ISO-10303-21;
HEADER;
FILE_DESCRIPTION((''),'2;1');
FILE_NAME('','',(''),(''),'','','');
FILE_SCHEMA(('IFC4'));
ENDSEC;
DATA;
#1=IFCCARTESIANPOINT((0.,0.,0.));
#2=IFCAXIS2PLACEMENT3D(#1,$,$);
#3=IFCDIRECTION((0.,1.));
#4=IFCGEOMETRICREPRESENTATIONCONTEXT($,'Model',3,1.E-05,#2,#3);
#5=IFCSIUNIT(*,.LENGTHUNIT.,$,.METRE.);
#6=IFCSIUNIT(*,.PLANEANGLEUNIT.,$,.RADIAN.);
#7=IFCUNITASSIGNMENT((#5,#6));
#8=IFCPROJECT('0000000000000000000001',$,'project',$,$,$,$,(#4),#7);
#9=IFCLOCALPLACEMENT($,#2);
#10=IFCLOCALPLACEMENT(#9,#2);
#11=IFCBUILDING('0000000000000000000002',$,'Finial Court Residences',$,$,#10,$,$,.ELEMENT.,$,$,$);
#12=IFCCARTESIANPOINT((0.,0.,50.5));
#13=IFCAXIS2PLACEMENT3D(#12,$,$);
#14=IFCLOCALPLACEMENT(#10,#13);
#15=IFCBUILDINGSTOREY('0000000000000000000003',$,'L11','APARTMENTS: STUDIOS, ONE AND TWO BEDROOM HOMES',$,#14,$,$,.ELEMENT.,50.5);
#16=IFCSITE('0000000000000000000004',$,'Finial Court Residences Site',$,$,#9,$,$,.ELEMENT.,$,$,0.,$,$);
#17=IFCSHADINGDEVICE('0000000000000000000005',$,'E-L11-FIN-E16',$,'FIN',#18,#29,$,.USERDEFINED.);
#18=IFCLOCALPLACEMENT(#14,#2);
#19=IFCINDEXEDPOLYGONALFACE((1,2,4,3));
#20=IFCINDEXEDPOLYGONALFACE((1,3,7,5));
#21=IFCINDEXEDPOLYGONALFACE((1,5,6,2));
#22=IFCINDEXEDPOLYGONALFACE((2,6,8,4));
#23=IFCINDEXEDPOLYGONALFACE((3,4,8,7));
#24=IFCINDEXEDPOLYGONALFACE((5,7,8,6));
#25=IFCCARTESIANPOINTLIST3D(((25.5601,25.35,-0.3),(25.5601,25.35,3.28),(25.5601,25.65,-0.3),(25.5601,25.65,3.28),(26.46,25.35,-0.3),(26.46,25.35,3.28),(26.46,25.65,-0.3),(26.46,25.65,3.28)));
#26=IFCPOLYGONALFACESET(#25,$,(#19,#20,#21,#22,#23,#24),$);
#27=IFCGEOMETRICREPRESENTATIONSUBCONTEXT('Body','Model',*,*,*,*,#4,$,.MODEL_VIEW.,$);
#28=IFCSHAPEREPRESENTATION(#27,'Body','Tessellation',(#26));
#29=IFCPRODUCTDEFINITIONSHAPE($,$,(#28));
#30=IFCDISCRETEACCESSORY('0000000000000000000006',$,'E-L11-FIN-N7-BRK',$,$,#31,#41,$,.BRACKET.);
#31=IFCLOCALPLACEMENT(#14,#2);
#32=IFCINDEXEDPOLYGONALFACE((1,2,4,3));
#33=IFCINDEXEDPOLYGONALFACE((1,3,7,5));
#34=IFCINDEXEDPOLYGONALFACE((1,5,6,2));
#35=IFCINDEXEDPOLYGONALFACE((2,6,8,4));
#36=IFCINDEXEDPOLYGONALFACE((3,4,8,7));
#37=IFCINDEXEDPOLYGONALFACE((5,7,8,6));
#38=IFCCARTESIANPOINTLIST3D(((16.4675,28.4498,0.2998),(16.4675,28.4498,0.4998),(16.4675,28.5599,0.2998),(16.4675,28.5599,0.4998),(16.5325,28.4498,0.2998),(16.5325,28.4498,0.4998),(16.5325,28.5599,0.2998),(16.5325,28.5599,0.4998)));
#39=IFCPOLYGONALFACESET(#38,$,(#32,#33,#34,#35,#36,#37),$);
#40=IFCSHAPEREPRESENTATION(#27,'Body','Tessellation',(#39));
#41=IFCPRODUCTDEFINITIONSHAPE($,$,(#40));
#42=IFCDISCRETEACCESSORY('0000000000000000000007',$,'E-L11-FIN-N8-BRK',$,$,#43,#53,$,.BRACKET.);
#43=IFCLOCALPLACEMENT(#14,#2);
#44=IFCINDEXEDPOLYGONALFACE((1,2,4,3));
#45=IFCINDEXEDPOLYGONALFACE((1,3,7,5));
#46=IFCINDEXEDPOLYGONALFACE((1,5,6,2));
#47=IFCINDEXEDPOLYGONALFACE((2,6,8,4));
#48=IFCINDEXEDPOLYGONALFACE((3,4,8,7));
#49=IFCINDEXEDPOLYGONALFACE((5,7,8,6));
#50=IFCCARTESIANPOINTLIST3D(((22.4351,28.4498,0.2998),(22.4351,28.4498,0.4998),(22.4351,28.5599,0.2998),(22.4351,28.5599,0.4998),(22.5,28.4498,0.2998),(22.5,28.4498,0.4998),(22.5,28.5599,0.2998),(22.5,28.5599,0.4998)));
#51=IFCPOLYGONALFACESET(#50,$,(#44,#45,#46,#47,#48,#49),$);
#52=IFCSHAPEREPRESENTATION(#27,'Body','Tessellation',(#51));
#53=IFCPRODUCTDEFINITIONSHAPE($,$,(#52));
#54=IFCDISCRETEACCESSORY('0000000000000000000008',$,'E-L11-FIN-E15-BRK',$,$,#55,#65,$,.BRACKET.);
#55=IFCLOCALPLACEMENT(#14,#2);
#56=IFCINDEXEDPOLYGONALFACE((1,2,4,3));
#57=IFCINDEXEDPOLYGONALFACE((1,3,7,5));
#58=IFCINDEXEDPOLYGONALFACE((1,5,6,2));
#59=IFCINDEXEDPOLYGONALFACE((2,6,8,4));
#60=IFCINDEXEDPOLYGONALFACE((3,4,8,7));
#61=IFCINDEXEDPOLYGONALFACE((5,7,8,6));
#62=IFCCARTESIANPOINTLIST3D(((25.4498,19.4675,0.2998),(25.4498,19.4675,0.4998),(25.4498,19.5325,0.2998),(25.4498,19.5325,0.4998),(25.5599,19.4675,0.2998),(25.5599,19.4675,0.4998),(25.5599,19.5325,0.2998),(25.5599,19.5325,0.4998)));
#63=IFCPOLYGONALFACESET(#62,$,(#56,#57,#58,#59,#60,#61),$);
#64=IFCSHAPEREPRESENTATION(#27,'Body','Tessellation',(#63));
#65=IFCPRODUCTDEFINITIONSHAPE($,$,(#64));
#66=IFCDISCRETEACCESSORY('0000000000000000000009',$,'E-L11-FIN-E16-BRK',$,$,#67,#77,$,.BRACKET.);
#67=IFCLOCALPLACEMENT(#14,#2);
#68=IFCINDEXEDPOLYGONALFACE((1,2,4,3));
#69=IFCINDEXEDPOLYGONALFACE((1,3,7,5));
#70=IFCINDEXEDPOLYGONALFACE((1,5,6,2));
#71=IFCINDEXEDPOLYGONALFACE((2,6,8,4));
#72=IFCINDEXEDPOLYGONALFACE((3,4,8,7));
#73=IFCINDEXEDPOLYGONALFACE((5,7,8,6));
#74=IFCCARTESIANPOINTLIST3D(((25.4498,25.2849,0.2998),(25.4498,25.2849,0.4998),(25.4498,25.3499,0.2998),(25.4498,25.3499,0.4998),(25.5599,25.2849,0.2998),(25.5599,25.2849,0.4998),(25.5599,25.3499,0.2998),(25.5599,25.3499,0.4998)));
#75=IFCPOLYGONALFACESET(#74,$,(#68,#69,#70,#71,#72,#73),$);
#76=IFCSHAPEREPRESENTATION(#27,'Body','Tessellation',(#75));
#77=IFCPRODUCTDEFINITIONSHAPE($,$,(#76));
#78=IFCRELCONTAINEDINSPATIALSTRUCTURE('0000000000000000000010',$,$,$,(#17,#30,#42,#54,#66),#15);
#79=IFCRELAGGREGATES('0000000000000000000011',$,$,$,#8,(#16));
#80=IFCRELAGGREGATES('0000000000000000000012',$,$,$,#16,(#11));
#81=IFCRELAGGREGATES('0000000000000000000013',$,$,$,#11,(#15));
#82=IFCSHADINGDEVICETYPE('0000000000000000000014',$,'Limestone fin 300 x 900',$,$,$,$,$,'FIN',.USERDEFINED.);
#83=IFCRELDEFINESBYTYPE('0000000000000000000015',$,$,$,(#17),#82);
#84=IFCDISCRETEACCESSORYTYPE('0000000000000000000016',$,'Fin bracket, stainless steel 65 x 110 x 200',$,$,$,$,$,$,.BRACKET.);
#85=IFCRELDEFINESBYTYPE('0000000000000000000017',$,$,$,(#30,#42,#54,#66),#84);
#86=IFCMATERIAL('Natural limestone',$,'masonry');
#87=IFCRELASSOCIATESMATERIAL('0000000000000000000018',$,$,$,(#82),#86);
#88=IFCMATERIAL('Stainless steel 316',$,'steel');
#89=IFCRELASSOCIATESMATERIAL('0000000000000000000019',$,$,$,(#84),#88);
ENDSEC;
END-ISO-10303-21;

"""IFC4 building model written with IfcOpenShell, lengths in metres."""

from ifc_helpers import new_model, si_unit, direction, frame, origin, origin_2d, place, context, subcontext, project, spatial, rectangle, extrude, material, type_object, element, save


model = new_model("IFC4")

# Units and contexts
model_context = context("Model", 3, precision=1e-05, world=origin(), true_north=direction((0.0, 1.0)))
body_context = subcontext(model_context, "Body", "Model", "MODEL_VIEW")
ifc_project = project(units=[si_unit("LENGTHUNIT", "METRE"), si_unit("PLANEANGLEUNIT", "RADIAN")], contexts=[model_context])

# Site, building, storey
site_placement = place(None, origin())
site = spatial("IfcSite", under=ifc_project, at=site_placement, Name="Finial Court Residences Site", CompositionType="ELEMENT", RefElevation=0.0)
building_placement = place(site_placement, origin())
building = spatial("IfcBuilding", under=site, at=building_placement, Name="Finial Court Residences", CompositionType="ELEMENT")
storey_placement = place(building_placement, frame((0.0, 0.0, 50.5)))
storey = spatial("IfcBuildingStorey", under=building, at=storey_placement, Name="L11", Description="APARTMENTS: STUDIOS, ONE AND TWO BEDROOM HOMES", CompositionType="ELEMENT", Elevation=50.5)

# Shared definitions
ifc_material_1 = material(Name="Natural limestone", Category="masonry")

# Shading device
shading_device_type = type_object("IfcShadingDeviceType", Name="Limestone fin 300 x 900", ElementType="FIN", PredefinedType="USERDEFINED", material=ifc_material_1)
for number, where, z_axis, x_axis, name in (
    (1, (26.01, 25.5, -0.3), (0.0, 0.0, 1.0), (1.0, 0.0, 0.0), "E-L11-FIN-E16"),
):
    element("IfcShadingDevice", number, at=place(storey_placement, frame(where, z_axis=z_axis, x_axis=x_axis)), inside=storey, type_object=shading_device_type, Name=name, ObjectType="FIN", PredefinedType="USERDEFINED", context=body_context, shape_type="SweptSolid", body=[
        extrude(rectangle(XDim=0.8999, YDim=0.3, at=origin_2d()), origin(), (0.0, 0.0, 1.0), 3.5801),
    ])

# Discrete accessories
ifc_material_2 = material(Name="Stainless steel 316", Category="steel")
discrete_accessory_type = type_object("IfcDiscreteAccessoryType", Name="Fin bracket, stainless steel 65 x 110 x 200", PredefinedType="BRACKET", material=ifc_material_2)
for number, where, z_axis, x_axis, name in (
    (2, (16.5, 28.5049, 0.2998), (0.0, 0.0, 1.0), (1.0, 0.0, 0.0), "E-L11-FIN-N7-BRK"),
    (3, (22.4675, 28.5049, 0.2998), (0.0, 0.0, 1.0), (1.0, 0.0, 0.0), "E-L11-FIN-N8-BRK"),
):
    element("IfcDiscreteAccessory", number, at=place(storey_placement, frame(where, z_axis=z_axis, x_axis=x_axis)), inside=storey, type_object=discrete_accessory_type, Name=name, PredefinedType="BRACKET", context=body_context, shape_type="SweptSolid", body=[
        extrude(rectangle(XDim=0.0649, YDim=0.1101, at=origin_2d()), origin(), (0.0, 0.0, 1.0), 0.2),
    ])
for number, where, z_axis, x_axis, name in (
    (4, (25.5049, 19.5, 0.2998), (0.0, 0.0, 1.0), (1.0, 0.0, 0.0), "E-L11-FIN-E15-BRK"),
    (5, (25.5049, 25.3174, 0.2998), (0.0, 0.0, 1.0), (1.0, 0.0, 0.0), "E-L11-FIN-E16-BRK"),
):
    element("IfcDiscreteAccessory", number, at=place(storey_placement, frame(where, z_axis=z_axis, x_axis=x_axis)), inside=storey, type_object=discrete_accessory_type, Name=name, PredefinedType="BRACKET", context=body_context, shape_type="SweptSolid", body=[
        extrude(rectangle(XDim=0.1101, YDim=0.0649, at=origin_2d()), origin(), (0.0, 0.0, 1.0), 0.2),
    ])

save(model, "model.ifc")
